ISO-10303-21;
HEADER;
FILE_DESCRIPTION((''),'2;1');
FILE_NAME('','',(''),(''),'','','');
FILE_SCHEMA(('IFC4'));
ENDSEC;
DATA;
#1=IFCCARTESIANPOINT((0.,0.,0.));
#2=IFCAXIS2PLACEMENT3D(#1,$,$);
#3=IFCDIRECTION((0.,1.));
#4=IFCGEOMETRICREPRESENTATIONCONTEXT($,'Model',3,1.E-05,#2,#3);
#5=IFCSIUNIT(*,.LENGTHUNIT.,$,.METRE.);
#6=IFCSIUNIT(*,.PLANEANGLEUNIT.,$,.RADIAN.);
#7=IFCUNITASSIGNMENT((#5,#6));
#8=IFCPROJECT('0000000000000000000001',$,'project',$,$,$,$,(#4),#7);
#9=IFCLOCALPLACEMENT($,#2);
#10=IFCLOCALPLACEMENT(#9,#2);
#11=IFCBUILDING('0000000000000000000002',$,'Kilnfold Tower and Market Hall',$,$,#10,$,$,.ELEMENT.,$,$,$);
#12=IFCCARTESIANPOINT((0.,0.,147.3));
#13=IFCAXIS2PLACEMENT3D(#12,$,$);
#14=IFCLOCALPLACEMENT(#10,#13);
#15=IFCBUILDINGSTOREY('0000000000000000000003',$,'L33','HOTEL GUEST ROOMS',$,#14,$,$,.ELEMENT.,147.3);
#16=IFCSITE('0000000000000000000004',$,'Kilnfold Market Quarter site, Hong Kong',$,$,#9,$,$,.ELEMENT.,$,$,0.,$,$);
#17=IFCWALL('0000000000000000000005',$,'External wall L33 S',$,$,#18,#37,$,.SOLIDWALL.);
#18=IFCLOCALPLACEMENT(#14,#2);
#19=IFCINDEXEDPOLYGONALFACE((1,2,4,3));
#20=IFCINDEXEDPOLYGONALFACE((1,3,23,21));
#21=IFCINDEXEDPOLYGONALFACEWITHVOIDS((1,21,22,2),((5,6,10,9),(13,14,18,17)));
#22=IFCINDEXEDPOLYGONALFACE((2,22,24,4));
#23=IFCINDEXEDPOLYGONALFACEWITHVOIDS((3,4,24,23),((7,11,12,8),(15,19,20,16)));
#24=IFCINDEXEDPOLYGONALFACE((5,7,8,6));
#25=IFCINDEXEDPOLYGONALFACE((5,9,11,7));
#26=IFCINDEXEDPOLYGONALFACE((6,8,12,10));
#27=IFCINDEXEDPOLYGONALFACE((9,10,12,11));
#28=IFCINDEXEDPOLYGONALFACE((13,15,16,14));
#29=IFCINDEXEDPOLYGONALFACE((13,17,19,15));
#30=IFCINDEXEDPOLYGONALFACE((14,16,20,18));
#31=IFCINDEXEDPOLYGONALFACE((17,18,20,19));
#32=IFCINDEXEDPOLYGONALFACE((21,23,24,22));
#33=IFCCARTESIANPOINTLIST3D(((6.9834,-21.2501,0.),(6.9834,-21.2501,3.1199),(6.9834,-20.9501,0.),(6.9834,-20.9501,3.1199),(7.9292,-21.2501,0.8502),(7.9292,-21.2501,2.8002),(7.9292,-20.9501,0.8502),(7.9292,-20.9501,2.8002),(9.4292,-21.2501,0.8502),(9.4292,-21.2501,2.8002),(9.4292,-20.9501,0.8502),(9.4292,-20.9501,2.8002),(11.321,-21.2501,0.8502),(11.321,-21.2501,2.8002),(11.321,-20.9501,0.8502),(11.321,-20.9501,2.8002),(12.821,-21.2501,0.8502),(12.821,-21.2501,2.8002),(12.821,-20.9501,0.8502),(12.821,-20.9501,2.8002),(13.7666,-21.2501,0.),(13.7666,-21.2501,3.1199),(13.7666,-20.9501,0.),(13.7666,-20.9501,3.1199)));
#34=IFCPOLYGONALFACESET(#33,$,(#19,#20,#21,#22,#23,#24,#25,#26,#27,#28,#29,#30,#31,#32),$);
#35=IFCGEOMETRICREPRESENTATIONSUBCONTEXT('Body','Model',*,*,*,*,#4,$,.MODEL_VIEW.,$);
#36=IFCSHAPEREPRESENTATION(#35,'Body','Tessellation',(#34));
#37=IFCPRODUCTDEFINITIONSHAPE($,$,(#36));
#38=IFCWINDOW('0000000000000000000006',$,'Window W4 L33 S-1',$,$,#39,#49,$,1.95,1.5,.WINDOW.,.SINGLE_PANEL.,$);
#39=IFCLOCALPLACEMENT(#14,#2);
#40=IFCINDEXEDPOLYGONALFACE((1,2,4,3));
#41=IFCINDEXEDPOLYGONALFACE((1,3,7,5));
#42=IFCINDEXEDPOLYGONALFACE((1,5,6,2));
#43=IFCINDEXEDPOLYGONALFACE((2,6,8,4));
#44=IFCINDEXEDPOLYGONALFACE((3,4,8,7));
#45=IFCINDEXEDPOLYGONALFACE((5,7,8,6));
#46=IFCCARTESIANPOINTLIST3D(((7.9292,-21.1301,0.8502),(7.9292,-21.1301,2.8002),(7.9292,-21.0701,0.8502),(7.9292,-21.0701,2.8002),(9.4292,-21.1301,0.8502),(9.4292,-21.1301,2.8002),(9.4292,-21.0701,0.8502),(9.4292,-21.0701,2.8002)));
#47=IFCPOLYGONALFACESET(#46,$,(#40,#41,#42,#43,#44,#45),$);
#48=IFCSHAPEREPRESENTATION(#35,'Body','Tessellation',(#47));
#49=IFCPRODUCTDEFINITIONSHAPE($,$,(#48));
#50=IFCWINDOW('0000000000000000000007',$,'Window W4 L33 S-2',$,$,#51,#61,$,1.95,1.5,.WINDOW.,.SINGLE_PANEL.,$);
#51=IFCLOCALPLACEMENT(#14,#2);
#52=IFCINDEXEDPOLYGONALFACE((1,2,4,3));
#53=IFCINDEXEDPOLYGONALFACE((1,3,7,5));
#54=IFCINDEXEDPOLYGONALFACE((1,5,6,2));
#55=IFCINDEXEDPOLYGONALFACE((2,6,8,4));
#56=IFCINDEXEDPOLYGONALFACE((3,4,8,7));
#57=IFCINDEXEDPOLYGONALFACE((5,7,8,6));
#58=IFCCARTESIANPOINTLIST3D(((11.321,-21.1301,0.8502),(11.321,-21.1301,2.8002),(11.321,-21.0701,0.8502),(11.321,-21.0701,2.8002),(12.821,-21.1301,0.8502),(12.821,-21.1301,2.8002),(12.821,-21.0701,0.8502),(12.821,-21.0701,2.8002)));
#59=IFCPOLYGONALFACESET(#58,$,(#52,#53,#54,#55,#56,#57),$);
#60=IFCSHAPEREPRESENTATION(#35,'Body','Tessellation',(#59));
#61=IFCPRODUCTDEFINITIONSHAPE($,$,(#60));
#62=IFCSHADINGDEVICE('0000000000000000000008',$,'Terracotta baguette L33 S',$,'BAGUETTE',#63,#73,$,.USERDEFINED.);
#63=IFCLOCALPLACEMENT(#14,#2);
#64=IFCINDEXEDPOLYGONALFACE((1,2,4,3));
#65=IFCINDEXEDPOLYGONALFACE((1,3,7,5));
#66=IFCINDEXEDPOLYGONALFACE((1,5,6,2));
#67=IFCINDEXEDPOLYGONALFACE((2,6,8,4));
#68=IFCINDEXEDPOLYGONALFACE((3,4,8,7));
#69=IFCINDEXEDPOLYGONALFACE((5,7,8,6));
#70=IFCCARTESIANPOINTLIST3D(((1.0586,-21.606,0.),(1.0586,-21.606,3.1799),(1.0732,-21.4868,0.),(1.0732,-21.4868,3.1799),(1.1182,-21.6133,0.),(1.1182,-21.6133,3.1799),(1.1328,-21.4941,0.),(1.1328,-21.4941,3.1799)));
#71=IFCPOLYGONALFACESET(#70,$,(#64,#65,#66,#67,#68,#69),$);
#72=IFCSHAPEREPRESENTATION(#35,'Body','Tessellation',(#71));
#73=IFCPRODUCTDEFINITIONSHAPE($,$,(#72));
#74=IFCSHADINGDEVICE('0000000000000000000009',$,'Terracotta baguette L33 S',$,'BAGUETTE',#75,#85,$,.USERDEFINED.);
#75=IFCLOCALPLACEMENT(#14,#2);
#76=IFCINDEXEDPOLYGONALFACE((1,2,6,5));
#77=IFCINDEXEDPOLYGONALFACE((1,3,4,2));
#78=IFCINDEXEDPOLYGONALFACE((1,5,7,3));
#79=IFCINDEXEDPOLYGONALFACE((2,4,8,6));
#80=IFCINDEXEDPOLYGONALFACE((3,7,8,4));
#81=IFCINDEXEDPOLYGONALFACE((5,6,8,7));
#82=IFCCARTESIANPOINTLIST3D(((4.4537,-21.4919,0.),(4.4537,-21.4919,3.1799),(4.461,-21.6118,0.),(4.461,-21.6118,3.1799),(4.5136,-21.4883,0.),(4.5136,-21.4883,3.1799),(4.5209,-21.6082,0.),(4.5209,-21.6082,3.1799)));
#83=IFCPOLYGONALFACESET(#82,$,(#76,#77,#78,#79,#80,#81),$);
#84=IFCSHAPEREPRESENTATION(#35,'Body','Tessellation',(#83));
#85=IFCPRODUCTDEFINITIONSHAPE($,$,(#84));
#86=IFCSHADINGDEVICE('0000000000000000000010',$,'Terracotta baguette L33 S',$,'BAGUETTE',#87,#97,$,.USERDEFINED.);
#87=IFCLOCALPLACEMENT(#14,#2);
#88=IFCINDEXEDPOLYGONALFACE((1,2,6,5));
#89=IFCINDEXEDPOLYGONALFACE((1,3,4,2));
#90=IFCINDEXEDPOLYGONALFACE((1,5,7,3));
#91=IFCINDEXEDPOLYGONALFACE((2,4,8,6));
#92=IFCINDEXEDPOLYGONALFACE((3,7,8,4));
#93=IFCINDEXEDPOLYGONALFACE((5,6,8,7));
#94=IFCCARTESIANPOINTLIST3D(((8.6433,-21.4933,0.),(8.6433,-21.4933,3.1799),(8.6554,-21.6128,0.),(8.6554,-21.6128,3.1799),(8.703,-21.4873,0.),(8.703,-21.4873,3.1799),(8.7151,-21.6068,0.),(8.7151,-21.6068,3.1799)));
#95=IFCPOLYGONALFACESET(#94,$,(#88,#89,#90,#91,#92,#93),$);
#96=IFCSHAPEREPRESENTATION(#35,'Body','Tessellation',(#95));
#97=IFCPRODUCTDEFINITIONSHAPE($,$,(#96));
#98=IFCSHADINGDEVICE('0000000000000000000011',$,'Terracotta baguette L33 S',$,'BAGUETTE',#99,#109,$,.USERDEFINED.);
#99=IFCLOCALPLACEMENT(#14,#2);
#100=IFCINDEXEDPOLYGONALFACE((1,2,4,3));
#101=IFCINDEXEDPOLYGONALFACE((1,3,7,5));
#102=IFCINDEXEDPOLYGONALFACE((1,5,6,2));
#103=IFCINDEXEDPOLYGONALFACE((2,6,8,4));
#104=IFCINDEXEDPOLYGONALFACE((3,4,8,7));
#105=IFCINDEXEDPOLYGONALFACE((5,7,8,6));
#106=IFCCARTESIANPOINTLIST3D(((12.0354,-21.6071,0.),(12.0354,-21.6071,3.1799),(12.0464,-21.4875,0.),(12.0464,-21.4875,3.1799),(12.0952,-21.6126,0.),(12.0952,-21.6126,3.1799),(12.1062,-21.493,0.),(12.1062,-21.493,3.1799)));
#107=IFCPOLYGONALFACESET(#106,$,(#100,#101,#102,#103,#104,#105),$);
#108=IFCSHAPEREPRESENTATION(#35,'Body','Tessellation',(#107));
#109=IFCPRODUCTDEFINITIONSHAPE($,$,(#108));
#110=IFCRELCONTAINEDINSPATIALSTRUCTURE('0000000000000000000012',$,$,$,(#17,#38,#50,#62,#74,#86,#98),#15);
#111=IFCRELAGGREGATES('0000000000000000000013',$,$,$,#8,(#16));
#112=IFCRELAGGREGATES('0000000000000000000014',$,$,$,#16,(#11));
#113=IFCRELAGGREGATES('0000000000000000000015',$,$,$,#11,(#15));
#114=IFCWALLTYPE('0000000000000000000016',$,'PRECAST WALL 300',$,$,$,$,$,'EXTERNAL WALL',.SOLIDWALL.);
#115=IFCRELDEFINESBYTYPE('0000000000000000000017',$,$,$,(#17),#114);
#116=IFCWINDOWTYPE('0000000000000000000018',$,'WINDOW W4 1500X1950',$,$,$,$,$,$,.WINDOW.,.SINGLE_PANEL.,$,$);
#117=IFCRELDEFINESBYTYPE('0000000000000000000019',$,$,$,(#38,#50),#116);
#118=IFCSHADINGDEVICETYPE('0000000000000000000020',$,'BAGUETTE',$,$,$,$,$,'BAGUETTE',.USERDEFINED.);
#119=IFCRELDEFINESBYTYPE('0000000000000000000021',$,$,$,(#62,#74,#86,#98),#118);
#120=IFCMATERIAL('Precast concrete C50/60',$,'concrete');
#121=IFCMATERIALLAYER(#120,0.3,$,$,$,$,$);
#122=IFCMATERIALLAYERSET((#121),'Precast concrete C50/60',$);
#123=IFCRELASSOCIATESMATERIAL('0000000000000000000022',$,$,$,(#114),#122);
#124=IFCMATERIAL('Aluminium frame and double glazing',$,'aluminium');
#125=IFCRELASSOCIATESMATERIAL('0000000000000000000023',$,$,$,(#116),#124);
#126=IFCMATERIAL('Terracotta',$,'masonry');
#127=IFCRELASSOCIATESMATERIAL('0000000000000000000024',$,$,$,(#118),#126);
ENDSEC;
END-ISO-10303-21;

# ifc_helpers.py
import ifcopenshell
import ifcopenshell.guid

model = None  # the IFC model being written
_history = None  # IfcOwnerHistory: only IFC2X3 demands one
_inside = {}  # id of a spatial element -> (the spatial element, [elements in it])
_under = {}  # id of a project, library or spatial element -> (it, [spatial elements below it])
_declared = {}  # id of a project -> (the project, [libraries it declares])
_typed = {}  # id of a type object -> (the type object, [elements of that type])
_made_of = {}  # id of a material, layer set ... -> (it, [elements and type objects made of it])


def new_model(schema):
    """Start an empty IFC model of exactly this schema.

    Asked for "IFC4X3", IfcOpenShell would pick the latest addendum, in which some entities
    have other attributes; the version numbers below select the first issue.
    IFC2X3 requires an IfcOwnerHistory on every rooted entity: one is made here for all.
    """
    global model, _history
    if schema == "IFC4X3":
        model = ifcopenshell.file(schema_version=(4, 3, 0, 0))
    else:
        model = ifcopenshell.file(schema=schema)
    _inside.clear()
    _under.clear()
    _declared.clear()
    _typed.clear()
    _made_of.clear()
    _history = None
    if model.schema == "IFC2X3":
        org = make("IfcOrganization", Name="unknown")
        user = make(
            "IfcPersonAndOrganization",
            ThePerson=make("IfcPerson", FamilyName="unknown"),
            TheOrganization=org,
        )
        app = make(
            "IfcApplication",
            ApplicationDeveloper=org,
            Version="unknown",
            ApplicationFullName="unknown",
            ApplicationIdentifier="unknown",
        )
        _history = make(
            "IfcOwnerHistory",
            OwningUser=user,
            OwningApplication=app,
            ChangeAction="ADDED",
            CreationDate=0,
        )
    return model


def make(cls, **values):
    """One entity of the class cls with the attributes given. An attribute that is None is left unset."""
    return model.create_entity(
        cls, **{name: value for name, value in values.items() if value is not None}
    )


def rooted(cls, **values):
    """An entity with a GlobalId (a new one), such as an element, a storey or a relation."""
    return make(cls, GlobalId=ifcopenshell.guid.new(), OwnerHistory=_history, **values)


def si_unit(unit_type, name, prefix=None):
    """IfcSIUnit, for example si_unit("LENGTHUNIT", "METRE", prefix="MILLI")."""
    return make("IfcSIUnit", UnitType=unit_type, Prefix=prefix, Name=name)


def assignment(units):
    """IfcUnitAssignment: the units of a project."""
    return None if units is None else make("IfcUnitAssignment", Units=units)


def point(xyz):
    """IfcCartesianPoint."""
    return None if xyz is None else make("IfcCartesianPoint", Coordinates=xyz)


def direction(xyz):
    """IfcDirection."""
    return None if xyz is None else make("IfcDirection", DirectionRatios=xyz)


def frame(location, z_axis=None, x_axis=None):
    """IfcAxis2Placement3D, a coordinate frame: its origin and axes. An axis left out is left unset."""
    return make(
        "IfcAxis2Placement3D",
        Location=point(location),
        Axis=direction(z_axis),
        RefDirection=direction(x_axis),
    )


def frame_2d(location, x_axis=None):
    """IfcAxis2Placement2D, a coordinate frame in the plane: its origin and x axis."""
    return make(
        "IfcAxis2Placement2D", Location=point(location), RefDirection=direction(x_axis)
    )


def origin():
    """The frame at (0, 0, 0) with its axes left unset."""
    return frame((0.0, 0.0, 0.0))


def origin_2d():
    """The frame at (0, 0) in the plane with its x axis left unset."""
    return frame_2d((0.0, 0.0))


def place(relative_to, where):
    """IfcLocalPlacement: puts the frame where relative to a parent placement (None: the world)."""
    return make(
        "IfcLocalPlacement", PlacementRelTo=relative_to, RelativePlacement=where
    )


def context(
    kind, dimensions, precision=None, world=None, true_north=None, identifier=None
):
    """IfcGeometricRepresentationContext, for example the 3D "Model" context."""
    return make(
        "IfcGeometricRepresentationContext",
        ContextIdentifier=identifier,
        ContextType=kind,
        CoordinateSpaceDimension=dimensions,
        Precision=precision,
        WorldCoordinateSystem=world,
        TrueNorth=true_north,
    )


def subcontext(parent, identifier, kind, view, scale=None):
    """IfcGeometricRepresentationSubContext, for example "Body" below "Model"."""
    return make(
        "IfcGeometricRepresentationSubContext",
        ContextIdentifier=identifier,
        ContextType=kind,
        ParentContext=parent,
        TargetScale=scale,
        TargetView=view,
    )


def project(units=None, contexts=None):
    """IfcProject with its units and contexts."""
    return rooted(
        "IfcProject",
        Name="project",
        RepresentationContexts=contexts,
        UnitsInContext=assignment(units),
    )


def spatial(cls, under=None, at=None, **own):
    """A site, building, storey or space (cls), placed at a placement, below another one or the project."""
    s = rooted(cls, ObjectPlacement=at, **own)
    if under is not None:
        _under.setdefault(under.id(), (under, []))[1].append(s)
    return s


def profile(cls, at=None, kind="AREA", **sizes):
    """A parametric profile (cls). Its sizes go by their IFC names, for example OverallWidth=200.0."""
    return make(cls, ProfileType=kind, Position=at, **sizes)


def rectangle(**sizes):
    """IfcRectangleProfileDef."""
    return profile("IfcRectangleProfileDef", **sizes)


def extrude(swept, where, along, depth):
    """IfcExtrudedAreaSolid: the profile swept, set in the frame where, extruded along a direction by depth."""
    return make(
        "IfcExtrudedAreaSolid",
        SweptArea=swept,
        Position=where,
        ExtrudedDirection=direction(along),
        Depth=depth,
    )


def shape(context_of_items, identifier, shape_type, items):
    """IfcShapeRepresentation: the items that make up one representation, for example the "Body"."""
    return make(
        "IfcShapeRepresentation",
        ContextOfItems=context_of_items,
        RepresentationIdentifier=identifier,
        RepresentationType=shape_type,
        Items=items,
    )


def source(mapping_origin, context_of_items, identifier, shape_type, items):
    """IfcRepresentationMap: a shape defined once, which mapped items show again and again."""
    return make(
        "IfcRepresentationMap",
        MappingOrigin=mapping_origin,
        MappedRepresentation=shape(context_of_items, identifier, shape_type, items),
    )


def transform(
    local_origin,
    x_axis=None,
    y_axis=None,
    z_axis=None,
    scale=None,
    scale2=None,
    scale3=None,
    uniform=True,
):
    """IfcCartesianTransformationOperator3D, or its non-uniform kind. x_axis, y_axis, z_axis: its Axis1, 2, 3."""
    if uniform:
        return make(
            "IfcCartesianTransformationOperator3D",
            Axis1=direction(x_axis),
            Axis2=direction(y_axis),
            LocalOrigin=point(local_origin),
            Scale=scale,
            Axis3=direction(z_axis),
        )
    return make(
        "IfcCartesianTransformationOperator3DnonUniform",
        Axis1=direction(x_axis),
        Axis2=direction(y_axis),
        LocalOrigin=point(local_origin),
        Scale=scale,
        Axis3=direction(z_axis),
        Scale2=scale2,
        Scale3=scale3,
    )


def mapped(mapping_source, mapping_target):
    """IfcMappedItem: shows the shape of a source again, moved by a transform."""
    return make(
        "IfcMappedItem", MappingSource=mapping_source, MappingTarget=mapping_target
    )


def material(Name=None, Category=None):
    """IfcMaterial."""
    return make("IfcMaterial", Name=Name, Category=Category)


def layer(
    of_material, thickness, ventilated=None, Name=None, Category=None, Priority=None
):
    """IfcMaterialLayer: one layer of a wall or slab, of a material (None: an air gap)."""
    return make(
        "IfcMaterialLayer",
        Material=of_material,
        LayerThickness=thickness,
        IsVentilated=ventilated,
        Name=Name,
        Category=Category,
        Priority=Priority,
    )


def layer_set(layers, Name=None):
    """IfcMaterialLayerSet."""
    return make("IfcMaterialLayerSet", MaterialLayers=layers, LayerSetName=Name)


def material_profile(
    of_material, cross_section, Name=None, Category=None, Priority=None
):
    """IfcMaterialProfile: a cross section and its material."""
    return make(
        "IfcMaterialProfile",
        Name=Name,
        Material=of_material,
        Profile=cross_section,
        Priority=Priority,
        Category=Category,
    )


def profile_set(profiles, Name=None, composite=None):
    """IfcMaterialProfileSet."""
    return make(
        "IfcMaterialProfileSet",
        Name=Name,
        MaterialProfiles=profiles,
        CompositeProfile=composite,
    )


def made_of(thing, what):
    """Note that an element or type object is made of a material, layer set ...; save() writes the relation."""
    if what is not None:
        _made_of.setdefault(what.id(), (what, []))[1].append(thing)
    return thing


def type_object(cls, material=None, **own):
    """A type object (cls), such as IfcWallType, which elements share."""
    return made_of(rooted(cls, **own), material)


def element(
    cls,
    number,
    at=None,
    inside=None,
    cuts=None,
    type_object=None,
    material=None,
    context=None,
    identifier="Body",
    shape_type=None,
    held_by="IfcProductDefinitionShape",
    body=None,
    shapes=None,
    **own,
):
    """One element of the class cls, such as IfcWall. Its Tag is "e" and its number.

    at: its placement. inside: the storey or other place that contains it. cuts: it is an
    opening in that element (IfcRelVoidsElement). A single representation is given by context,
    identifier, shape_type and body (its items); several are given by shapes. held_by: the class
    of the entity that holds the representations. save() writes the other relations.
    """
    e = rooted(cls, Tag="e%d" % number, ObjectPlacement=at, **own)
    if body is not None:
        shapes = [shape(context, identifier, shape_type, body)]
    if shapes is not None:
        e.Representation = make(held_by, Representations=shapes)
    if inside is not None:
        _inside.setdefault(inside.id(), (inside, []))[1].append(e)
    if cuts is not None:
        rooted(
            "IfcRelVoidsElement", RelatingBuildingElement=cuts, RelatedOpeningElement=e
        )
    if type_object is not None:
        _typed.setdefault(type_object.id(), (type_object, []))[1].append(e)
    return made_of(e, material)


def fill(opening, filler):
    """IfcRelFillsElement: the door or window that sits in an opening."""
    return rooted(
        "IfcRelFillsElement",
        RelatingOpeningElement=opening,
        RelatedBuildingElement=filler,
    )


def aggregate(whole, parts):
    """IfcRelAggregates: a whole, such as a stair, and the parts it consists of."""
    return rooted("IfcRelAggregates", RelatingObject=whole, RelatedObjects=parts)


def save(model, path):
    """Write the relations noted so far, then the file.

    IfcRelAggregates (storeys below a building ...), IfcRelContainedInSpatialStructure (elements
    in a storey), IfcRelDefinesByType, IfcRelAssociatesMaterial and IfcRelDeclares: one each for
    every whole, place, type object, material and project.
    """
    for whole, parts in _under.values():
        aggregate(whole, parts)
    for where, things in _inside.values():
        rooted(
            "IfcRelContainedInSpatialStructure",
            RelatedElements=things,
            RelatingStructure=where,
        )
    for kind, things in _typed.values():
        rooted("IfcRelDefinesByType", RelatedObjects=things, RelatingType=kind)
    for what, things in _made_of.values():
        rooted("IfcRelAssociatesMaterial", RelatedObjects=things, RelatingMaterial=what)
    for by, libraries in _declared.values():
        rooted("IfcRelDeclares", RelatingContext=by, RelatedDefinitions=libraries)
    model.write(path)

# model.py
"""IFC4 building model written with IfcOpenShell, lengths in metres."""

from ifc_helpers import new_model, si_unit, direction, frame, frame_2d, origin, origin_2d, place, context, subcontext, project, spatial, rectangle, extrude, source, transform, mapped, material, layer, layer_set, material_profile, profile_set, type_object, element, fill, save


model = new_model("IFC4")

# Units and contexts
model_context = context("Model", 3, precision=1e-05, world=origin(), true_north=direction((0.0, 1.0)))
body_context = subcontext(model_context, "Body", "Model", "MODEL_VIEW")
ifc_project = project(units=[si_unit("LENGTHUNIT", "METRE"), si_unit("PLANEANGLEUNIT", "RADIAN")], contexts=[model_context])

# Site, building, storey
site_placement = place(None, origin())
site = spatial("IfcSite", under=ifc_project, at=site_placement, Name="Kilnfold Market Quarter site, Hong Kong", CompositionType="ELEMENT", RefElevation=0.0)
building_placement = place(site_placement, origin())
building = spatial("IfcBuilding", under=site, at=building_placement, Name="Kilnfold Tower and Market Hall", CompositionType="ELEMENT")
storey_placement = place(building_placement, frame((0.0, 0.0, 147.3)))
storey = spatial("IfcBuildingStorey", under=building, at=storey_placement, Name="L33", Description="HOTEL GUEST ROOMS", CompositionType="ELEMENT", Elevation=147.3)

# Wall, openings, windows
ifc_material_1 = material(Name="Precast concrete C50/60", Category="concrete")
ifc_layer_1 = layer(ifc_material_1, 0.3)
ifc_layer_set_1 = layer_set([ifc_layer_1], Name="Precast concrete C50/60")
wall_type_1 = type_object("IfcWallType", Name="PRECAST WALL 300", ElementType="EXTERNAL WALL", PredefinedType="SOLIDWALL", material=ifc_layer_set_1)
ifc_material_2 = material(Name="Aluminium frame and double glazing", Category="aluminium")
window_type = type_object("IfcWindowType", Name="WINDOW W4 1500X1950", PartitioningType="SINGLE_PANEL", PredefinedType="WINDOW", material=ifc_material_2)
shared_shape_1 = source(origin(), body_context, "Body", "SweptSolid", [
    extrude(rectangle(XDim=6.7832, YDim=0.3, at=frame_2d((3.3916, 0.0))), origin(), (0.0, 0.0, 1.0), 3.1199),
])
wall_1_placement = place(storey_placement, frame((6.9834, -21.1001, 0.0), z_axis=(0.0, 0.0, 1.0), x_axis=(1.0, 0.0, 0.0)))
wall_1 = element("IfcWall", 1, at=wall_1_placement, inside=storey, type_object=wall_type_1, Name="External wall L33 S", PredefinedType="SOLIDWALL", context=body_context, shape_type="MappedRepresentation", body=[
    mapped(shared_shape_1, transform((0.0, 0.0, 0.0))),
])
opening_1_placement = place(wall_1_placement, frame((0.9458, 0.0, 0.8501)))
opening_1 = element("IfcOpeningElement", 2, at=opening_1_placement, cuts=wall_1, PredefinedType="OPENING", context=body_context, shape_type="SweptSolid", body=[
    extrude(rectangle(XDim=1.5, YDim=1.95, at=frame_2d((0.75, 0.9751))), frame((0.0, 0.1602, 0.0), z_axis=(0.0, -1.0, 0.0), x_axis=(1.0, 0.0, 0.0)), (0.0, 0.0, 1.0), 0.3201),
])
opening_2_placement = place(wall_1_placement, frame((4.3376, 0.0, 0.8501)))
opening_2 = element("IfcOpeningElement", 3, at=opening_2_placement, cuts=wall_1, PredefinedType="OPENING", context=body_context, shape_type="SweptSolid", body=[
    extrude(rectangle(XDim=1.5, YDim=1.95, at=frame_2d((0.75, 0.9751))), frame((0.0, 0.1602, 0.0), z_axis=(0.0, -1.0, 0.0), x_axis=(1.0, 0.0, 0.0)), (0.0, 0.0, 1.0), 0.3201),
])
window_1_placement = place(opening_1_placement, origin())
window_1 = element("IfcWindow", 4, at=window_1_placement, inside=storey, type_object=window_type, Name="Window W4 L33 S-1", OverallHeight=1.95, OverallWidth=1.5, PartitioningType="SINGLE_PANEL", PredefinedType="WINDOW", context=body_context, shape_type="SweptSolid", body=[
    extrude(rectangle(XDim=1.5, YDim=1.95, at=frame_2d((0.75, 0.9751))), frame((0.0, 0.03, 0.0), z_axis=(0.0, -1.0, 0.0), x_axis=(1.0, 0.0, 0.0)), (0.0, 0.0, 1.0), 0.0601),
])
fill(opening_1, window_1)
window_2_placement = place(opening_2_placement, origin())
window_2 = element("IfcWindow", 5, at=window_2_placement, inside=storey, type_object=window_type, Name="Window W4 L33 S-2", OverallHeight=1.95, OverallWidth=1.5, PartitioningType="SINGLE_PANEL", PredefinedType="WINDOW", context=body_context, shape_type="SweptSolid", body=[
    extrude(rectangle(XDim=1.5, YDim=1.95, at=frame_2d((0.75, 0.9751))), frame((0.0, 0.03, 0.0), z_axis=(0.0, -1.0, 0.0), x_axis=(1.0, 0.0, 0.0)), (0.0, 0.0, 1.0), 0.0601),
])
fill(opening_2, window_2)

# Shading devices
ifc_material_3 = material(Name="Terracotta", Category="masonry")
ifc_material_profile_1 = material_profile(ifc_material_3, rectangle(XDim=0.0601, YDim=0.1201, at=origin_2d()), Name="BAG 60x120")
ifc_profile_set_1 = profile_set([ifc_material_profile_1], Name="Terracotta")
shading_device_type = type_object("IfcShadingDeviceType", Name="BAGUETTE", ElementType="BAGUETTE", PredefinedType="USERDEFINED", material=ifc_profile_set_1)
shared_shape_2 = source(origin(), body_context, "Body", "SweptSolid", [
    extrude(rectangle(XDim=0.0601, YDim=0.1201, at=origin_2d()), origin(), (0.0, 0.0, 1.0), 3.1799),
])
for number, where, z_axis, x_axis, name in (
    (6, (1.0957, -21.55, 0.0), (0.0, 0.0, 1.0), (0.992508, -0.122176, 0.0), "Terracotta baguette L33 S"),
    (7, (4.4873, -21.55, 0.0), (0.0, 0.0, 1.0), (0.99814, 0.060963, 0.0), "Terracotta baguette L33 S"),
    (8, (8.6792, -21.55, 0.0), (0.0, 0.0, 1.0), (0.994908, 0.100787, 0.0), "Terracotta baguette L33 S"),
    (9, (12.0708, -21.55, 0.0), (0.0, 0.0, 1.0), (0.995823, -0.091305, 0.0), "Terracotta baguette L33 S"),
):
    element("IfcShadingDevice", number, at=place(storey_placement, frame(where, z_axis=z_axis, x_axis=x_axis)), inside=storey, type_object=shading_device_type, Name=name, ObjectType="BAGUETTE", PredefinedType="USERDEFINED", context=body_context, shape_type="MappedRepresentation", body=[
        mapped(shared_shape_2, transform((0.0, 0.0, 0.0))),
    ])

save(model, "model.ifc")
